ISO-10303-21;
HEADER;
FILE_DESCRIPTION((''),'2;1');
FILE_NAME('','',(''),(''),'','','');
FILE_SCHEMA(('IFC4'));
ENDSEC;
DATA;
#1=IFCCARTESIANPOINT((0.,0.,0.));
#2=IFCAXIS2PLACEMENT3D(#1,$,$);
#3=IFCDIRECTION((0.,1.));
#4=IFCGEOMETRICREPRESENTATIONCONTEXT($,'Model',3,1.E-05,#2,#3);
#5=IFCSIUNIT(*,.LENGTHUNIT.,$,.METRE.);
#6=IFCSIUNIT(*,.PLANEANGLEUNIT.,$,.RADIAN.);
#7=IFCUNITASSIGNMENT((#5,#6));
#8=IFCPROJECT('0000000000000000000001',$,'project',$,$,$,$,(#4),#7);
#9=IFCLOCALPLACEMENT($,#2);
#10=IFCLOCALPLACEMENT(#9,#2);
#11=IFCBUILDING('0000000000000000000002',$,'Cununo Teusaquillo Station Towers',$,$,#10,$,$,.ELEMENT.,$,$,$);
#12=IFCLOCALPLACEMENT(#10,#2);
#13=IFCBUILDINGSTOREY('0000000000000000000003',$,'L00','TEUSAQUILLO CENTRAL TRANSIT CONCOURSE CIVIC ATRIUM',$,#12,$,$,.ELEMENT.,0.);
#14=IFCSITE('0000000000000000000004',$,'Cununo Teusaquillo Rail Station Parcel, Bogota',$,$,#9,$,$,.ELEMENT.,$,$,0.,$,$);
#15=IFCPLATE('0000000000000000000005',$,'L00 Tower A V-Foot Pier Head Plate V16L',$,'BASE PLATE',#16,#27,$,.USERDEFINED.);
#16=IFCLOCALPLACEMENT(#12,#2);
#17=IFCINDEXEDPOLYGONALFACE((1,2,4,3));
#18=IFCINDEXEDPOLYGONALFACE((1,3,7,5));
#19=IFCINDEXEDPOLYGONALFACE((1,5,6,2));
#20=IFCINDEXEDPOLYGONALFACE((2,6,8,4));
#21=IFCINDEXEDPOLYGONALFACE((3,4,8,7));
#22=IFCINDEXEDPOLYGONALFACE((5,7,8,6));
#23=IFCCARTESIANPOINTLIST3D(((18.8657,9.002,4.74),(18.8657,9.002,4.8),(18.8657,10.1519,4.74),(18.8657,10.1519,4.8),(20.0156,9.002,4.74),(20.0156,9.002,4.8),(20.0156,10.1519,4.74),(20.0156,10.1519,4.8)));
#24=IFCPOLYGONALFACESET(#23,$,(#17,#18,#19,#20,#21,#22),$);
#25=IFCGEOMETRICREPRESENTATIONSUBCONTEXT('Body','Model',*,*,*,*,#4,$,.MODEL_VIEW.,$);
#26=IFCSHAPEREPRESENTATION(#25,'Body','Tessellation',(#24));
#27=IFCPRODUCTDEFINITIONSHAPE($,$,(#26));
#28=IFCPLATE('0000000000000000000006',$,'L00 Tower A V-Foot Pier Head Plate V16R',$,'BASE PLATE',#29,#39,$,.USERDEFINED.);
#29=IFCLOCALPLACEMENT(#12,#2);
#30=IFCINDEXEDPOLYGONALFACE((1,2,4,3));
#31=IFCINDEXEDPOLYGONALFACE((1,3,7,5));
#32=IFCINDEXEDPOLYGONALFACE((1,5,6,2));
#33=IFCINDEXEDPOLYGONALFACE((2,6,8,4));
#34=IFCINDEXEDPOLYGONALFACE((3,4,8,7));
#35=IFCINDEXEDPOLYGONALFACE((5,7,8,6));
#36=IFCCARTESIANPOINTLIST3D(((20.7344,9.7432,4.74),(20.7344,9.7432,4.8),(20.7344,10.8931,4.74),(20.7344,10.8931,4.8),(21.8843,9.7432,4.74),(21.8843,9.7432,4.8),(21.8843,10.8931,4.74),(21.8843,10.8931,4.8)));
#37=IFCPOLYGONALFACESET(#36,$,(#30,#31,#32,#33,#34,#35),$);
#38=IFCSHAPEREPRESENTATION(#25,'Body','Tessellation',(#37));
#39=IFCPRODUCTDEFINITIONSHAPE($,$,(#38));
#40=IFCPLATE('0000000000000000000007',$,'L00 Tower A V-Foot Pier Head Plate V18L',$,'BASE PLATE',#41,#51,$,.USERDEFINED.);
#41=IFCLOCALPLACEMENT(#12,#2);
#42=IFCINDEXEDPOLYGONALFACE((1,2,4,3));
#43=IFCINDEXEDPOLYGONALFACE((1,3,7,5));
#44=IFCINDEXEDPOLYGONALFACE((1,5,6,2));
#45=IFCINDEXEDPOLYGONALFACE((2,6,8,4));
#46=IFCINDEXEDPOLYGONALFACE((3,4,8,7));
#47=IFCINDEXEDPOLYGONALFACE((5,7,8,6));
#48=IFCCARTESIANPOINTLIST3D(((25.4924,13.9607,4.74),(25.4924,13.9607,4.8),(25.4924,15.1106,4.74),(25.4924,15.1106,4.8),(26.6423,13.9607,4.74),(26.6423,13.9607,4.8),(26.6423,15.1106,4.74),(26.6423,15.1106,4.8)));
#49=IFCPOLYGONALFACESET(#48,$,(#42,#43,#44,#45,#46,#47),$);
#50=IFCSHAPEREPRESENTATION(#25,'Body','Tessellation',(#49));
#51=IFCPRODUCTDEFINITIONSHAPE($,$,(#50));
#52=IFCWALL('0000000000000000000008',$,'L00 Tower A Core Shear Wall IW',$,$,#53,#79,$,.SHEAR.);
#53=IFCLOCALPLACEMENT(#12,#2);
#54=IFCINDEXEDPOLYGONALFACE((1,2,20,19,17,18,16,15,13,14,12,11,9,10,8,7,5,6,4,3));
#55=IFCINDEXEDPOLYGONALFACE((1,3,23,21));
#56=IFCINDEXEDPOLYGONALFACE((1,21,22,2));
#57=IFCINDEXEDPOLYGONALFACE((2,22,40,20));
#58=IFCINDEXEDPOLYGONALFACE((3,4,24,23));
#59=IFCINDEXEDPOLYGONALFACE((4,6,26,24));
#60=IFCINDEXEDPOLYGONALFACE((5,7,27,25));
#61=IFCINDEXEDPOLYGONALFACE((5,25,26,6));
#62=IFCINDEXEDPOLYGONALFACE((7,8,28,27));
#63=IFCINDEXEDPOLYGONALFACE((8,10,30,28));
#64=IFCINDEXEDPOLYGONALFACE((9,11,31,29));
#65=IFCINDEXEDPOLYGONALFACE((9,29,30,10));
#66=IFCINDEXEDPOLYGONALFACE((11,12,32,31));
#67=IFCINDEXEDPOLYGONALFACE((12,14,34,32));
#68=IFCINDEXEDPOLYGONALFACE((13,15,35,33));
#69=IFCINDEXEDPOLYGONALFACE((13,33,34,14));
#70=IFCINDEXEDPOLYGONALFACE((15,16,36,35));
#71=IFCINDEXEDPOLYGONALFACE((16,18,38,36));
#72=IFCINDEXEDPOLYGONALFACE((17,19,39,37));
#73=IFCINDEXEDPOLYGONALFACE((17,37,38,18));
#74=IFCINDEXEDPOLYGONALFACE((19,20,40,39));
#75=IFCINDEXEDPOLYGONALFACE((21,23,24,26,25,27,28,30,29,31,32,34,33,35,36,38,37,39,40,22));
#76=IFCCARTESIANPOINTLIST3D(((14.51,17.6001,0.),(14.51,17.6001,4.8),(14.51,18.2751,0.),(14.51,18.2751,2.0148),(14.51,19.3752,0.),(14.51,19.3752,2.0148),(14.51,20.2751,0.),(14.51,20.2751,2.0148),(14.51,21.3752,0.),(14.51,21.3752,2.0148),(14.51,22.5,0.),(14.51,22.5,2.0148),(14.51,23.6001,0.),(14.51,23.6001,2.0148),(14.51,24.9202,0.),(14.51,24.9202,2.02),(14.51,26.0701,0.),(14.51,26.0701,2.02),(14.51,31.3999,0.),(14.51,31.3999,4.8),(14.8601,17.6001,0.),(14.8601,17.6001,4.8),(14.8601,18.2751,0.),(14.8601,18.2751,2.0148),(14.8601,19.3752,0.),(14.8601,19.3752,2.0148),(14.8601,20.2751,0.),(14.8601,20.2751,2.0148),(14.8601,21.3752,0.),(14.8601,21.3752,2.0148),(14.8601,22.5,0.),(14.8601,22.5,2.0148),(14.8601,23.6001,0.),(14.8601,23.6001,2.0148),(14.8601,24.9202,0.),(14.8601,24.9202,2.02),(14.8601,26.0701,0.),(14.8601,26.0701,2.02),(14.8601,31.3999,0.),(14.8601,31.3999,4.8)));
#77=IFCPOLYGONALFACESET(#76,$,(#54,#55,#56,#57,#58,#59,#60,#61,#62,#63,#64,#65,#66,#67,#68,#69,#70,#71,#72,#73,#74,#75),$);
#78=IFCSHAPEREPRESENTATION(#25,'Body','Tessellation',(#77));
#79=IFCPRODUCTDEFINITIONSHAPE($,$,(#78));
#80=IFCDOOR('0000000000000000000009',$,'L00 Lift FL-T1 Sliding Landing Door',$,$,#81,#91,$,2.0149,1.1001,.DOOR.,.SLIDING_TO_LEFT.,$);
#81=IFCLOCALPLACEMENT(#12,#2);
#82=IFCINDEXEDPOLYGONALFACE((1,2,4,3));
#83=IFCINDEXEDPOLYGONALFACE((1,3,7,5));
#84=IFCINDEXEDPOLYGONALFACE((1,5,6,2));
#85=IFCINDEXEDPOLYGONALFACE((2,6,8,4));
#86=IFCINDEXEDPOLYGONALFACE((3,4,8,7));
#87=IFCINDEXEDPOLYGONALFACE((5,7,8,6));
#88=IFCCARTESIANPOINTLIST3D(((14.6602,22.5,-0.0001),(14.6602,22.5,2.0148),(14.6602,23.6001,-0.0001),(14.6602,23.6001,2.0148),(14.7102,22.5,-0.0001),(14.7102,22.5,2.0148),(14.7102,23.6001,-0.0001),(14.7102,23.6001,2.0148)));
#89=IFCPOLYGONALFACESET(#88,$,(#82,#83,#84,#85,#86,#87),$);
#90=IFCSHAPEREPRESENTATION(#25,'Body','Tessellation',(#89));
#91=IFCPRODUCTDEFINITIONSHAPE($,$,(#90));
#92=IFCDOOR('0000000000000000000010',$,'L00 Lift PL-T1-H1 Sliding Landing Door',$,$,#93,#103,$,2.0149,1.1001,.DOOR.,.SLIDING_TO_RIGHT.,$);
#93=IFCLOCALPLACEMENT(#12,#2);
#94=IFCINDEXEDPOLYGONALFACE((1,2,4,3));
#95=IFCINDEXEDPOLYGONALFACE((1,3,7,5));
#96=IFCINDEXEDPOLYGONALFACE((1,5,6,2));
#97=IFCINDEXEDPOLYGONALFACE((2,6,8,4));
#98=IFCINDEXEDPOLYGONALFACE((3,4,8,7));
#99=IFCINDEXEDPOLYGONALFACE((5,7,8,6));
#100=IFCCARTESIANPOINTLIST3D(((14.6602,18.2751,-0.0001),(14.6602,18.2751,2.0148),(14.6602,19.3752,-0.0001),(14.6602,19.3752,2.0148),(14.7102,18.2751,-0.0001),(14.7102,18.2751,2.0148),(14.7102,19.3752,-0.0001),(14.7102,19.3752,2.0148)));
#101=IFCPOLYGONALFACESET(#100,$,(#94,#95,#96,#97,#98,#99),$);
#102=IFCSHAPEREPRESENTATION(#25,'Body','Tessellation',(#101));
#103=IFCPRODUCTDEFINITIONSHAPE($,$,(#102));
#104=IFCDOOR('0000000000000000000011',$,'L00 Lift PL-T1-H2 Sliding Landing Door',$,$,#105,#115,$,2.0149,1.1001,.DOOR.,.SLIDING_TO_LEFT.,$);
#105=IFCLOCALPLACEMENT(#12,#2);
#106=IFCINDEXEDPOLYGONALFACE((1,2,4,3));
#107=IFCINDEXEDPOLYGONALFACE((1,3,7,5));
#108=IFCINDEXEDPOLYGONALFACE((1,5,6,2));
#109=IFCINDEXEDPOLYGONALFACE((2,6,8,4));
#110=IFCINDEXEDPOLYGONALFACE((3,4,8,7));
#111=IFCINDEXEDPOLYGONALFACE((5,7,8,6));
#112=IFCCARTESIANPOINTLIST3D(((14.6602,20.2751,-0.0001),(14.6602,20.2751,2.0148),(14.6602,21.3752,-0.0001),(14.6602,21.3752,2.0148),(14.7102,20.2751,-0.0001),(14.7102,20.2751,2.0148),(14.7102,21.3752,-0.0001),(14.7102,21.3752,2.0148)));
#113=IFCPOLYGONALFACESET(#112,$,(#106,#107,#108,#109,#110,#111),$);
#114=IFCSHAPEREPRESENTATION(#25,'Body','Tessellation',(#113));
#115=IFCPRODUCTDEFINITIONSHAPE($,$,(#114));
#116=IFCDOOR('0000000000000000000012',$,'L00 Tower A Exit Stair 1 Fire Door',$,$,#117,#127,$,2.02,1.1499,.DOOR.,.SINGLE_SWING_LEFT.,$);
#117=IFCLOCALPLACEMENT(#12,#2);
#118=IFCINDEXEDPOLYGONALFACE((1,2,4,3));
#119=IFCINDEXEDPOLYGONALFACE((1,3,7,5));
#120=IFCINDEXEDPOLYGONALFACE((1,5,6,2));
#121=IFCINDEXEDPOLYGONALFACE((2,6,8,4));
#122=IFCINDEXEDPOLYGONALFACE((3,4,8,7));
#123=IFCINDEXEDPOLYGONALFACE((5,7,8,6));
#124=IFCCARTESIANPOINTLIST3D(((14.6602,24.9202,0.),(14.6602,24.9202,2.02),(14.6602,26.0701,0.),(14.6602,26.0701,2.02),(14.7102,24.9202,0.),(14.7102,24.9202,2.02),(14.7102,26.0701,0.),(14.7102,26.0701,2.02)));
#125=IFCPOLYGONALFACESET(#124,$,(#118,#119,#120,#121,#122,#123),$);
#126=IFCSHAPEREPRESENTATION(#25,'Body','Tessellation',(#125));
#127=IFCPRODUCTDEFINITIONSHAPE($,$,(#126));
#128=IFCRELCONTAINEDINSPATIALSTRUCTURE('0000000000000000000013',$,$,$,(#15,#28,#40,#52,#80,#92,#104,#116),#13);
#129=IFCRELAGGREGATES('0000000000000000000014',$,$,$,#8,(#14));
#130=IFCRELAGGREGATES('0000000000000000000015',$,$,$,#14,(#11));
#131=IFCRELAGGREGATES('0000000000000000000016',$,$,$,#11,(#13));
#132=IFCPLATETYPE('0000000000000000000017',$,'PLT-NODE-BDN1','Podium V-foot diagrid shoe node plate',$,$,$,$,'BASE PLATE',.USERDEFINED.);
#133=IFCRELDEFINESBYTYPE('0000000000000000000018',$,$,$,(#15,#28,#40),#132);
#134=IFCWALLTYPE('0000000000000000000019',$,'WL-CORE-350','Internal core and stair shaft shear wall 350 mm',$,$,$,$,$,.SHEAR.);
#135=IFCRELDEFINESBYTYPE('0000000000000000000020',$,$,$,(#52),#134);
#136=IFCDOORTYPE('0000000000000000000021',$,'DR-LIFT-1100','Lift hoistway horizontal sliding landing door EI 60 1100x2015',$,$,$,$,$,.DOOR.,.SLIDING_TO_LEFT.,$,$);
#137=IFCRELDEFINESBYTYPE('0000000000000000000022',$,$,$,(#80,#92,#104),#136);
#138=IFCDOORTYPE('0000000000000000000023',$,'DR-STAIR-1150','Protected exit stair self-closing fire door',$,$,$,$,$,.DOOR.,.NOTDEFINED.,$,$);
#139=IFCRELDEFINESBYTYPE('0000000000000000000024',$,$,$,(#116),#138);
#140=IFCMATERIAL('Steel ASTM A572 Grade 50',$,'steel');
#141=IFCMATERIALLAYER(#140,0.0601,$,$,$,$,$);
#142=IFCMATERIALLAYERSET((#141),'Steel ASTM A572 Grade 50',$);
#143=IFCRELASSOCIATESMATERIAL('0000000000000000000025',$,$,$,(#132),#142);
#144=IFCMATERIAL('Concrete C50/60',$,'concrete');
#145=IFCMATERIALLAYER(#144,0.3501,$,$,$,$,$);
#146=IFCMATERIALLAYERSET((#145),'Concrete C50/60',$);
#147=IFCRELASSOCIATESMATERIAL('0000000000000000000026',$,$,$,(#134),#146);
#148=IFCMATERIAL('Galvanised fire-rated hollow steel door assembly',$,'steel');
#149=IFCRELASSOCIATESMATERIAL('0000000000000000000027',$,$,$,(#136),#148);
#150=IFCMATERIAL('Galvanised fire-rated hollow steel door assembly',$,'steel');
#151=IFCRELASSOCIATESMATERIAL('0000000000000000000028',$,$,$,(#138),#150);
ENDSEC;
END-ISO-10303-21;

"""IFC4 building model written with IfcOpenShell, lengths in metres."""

from ifc_helpers import new_model, si_unit, direction, frame, frame_2d, origin, origin_2d, place, context, subcontext, project, spatial, rectangle, extrude, source, transform, mapped, material, layer, layer_set, type_object, element, fill, save


model = new_model("IFC4")

# Units and contexts
model_context = context("Model", 3, precision=1e-05, world=origin(), true_north=direction((0.0, 1.0)))
body_context = subcontext(model_context, "Body", "Model", "MODEL_VIEW")
ifc_project = project(units=[si_unit("LENGTHUNIT", "METRE"), si_unit("PLANEANGLEUNIT", "RADIAN")], contexts=[model_context])

# Site, building, storey
site_placement = place(None, origin())
site = spatial("IfcSite", under=ifc_project, at=site_placement, Name="Cununo Teusaquillo Rail Station Parcel, Bogota", CompositionType="ELEMENT", RefElevation=0.0)
building_placement = place(site_placement, origin())
building = spatial("IfcBuilding", under=site, at=building_placement, Name="Cununo Teusaquillo Station Towers", CompositionType="ELEMENT")
storey_placement = place(building_placement, origin())
storey = spatial("IfcBuildingStorey", under=building, at=storey_placement, Name="L00", Description="TEUSAQUILLO CENTRAL TRANSIT CONCOURSE CIVIC ATRIUM", CompositionType="ELEMENT", Elevation=0.0)

# Plates
ifc_material_1 = material(Name="Steel ASTM A572 Grade 50", Category="steel")
ifc_layer_1 = layer(ifc_material_1, 0.0601)
ifc_layer_set_1 = layer_set([ifc_layer_1], Name="Steel ASTM A572 Grade 50")
plate_type = type_object("IfcPlateType", Name="PLT-NODE-BDN1", Description="Podium V-foot diagrid shoe node plate", ElementType="BASE PLATE", PredefinedType="USERDEFINED", material=ifc_layer_set_1)
shared_shape_1 = source(origin(), body_context, "Body", "SweptSolid", [
    extrude(rectangle(XDim=1.1499, YDim=1.1499, at=origin_2d()), origin(), (0.0, 0.0, 1.0), 0.0601),
])
for number, where, z_axis, x_axis, name in (
    (1, (19.4407, 9.5769, 4.74), (0.0, 0.0, 1.0), (1.0, 0.0, 0.0), "L00 Tower A V-Foot Pier Head Plate V16L"),
    (2, (21.3093, 10.3181, 4.74), (0.0, 0.0, 1.0), (1.0, 0.0, 0.0), "L00 Tower A V-Foot Pier Head Plate V16R"),
    (3, (26.0674, 14.5356, 4.74), (0.0, 0.0, 1.0), (1.0, 0.0, 0.0), "L00 Tower A V-Foot Pier Head Plate V18L"),
):
    element("IfcPlate", number, at=place(storey_placement, frame(where, z_axis=z_axis, x_axis=x_axis)), inside=storey, type_object=plate_type, Name=name, ObjectType="BASE PLATE", PredefinedType="USERDEFINED", context=body_context, shape_type="MappedRepresentation", body=[
        mapped(shared_shape_1, transform((0.0, 0.0, 0.0), x_axis=(1.0, 0.0, 0.0), y_axis=(0.0, 1.0, 0.0), z_axis=(0.0, 0.0, 1.0), scale=1.0)),
    ])

# Wall, openings, doors
ifc_material_2 = material(Name="Concrete C50/60", Category="concrete")
ifc_layer_2 = layer(ifc_material_2, 0.3501)
ifc_layer_set_2 = layer_set([ifc_layer_2], Name="Concrete C50/60")
wall_type_1 = type_object("IfcWallType", Name="WL-CORE-350", Description="Internal core and stair shaft shear wall 350 mm", PredefinedType="SHEAR", material=ifc_layer_set_2)
wall_1_placement = place(storey_placement, frame((14.6851, 17.6001, 0.0), z_axis=(0.0, 0.0, 1.0), x_axis=(0.0, 1.0, 0.0)))
wall_1 = element("IfcWall", 4, at=wall_1_placement, inside=storey, type_object=wall_type_1, Name="L00 Tower A Core Shear Wall IW", PredefinedType="SHEAR", context=body_context, shape_type="SweptSolid", body=[
    extrude(rectangle(XDim=13.7998, YDim=0.3501, at=frame_2d((6.8999, 0.0))), origin(), (0.0, 0.0, 1.0), 4.8),
])
shared_shape_2 = source(origin(), body_context, "Body", "SweptSolid", [
    extrude(rectangle(XDim=1.1001, YDim=2.0149, at=frame_2d((0.55, 1.0073))), frame((0.0, 0.1851, 0.0), z_axis=(0.0, -1.0, 0.0), x_axis=(1.0, 0.0, 0.0)), (0.0, 0.0, 1.0), 0.3701),
])
opening_1_placement = place(wall_1_placement, frame((4.8999, 0.0, 0.0)))
opening_1 = element("IfcOpeningElement", 5, at=opening_1_placement, cuts=wall_1, PredefinedType="OPENING", context=body_context, shape_type="MappedRepresentation", body=[
    mapped(shared_shape_2, transform((0.0, 0.0, 0.0), x_axis=(1.0, 0.0, 0.0), y_axis=(0.0, 1.0, 0.0), z_axis=(0.0, 0.0, 1.0), scale=1.0)),
])
opening_2_placement = place(wall_1_placement, frame((0.675, 0.0, 0.0)))
opening_2 = element("IfcOpeningElement", 6, at=opening_2_placement, cuts=wall_1, PredefinedType="OPENING", context=body_context, shape_type="MappedRepresentation", body=[
    mapped(shared_shape_2, transform((0.0, 0.0, 0.0), x_axis=(1.0, 0.0, 0.0), y_axis=(0.0, 1.0, 0.0), z_axis=(0.0, 0.0, 1.0), scale=1.0)),
])
opening_3_placement = place(wall_1_placement, frame((2.675, 0.0, 0.0)))
opening_3 = element("IfcOpeningElement", 7, at=opening_3_placement, cuts=wall_1, PredefinedType="OPENING", context=body_context, shape_type="MappedRepresentation", body=[
    mapped(shared_shape_2, transform((0.0, 0.0, 0.0), x_axis=(1.0, 0.0, 0.0), y_axis=(0.0, 1.0, 0.0), z_axis=(0.0, 0.0, 1.0), scale=1.0)),
])
shared_shape_3 = source(origin(), body_context, "Body", "SweptSolid", [
    extrude(rectangle(XDim=1.1499, YDim=2.02, at=frame_2d((0.575, 1.01))), frame((0.0, 0.1851, 0.0), z_axis=(0.0, -1.0, 0.0), x_axis=(1.0, 0.0, 0.0)), (0.0, 0.0, 1.0), 0.3701),
])
opening_4_placement = place(wall_1_placement, frame((7.3201, 0.0, 0.0)))
opening_4 = element("IfcOpeningElement", 8, at=opening_4_placement, cuts=wall_1, PredefinedType="OPENING", context=body_context, shape_type="MappedRepresentation", body=[
    mapped(shared_shape_3, transform((0.0, 0.0, 0.0), x_axis=(1.0, 0.0, 0.0), y_axis=(0.0, 1.0, 0.0), z_axis=(0.0, 0.0, 1.0), scale=1.0)),
])
ifc_material_3 = material(Name="Galvanised fire-rated hollow steel door assembly", Category="steel")
door_type_1 = type_object("IfcDoorType", Name="DR-LIFT-1100", Description="Lift hoistway horizontal sliding landing door EI 60 1100x2015", OperationType="SLIDING_TO_LEFT", PredefinedType="DOOR", material=ifc_material_3)
shared_shape_4 = source(origin(), body_context, "Body", "SweptSolid", [
    extrude(rectangle(XDim=1.1001, YDim=2.0149, at=frame_2d((0.55, 1.0073))), frame((0.0, 0.0249, 0.0), z_axis=(0.0, -1.0, 0.0), x_axis=(1.0, 0.0, 0.0)), (0.0, 0.0, 1.0), 0.05),
])
door_1_placement = place(opening_1_placement, origin())
door_1 = element("IfcDoor", 9, at=door_1_placement, inside=storey, type_object=door_type_1, Name="L00 Lift FL-T1 Sliding Landing Door", OperationType="SLIDING_TO_LEFT", OverallHeight=2.0149, OverallWidth=1.1001, PredefinedType="DOOR", context=body_context, shape_type="MappedRepresentation", body=[
    mapped(shared_shape_4, transform((0.0, 0.0, 0.0), x_axis=(1.0, 0.0, 0.0), y_axis=(0.0, 1.0, 0.0), z_axis=(0.0, 0.0, 1.0), scale=1.0)),
])
fill(opening_1, door_1)
door_2_placement = place(opening_2_placement, origin())
door_2 = element("IfcDoor", 10, at=door_2_placement, inside=storey, type_object=door_type_1, Name="L00 Lift PL-T1-H1 Sliding Landing Door", OperationType="SLIDING_TO_RIGHT", OverallHeight=2.0149, OverallWidth=1.1001, PredefinedType="DOOR", context=body_context, shape_type="MappedRepresentation", body=[
    mapped(shared_shape_4, transform((0.0, 0.0, 0.0), x_axis=(1.0, 0.0, 0.0), y_axis=(0.0, 1.0, 0.0), z_axis=(0.0, 0.0, 1.0), scale=1.0)),
])
fill(opening_2, door_2)
door_3_placement = place(opening_3_placement, origin())
door_3 = element("IfcDoor", 11, at=door_3_placement, inside=storey, type_object=door_type_1, Name="L00 Lift PL-T1-H2 Sliding Landing Door", OperationType="SLIDING_TO_LEFT", OverallHeight=2.0149, OverallWidth=1.1001, PredefinedType="DOOR", context=body_context, shape_type="MappedRepresentation", body=[
    mapped(shared_shape_4, transform((0.0, 0.0, 0.0), x_axis=(1.0, 0.0, 0.0), y_axis=(0.0, 1.0, 0.0), z_axis=(0.0, 0.0, 1.0), scale=1.0)),
])
fill(opening_3, door_3)
ifc_material_4 = material(Name="Galvanised fire-rated hollow steel door assembly", Category="steel")
door_type_2 = type_object("IfcDoorType", Name="DR-STAIR-1150", Description="Protected exit stair self-closing fire door", OperationType="NOTDEFINED", PredefinedType="DOOR", material=ifc_material_4)
shared_shape_5 = source(origin(), body_context, "Body", "SweptSolid", [
    extrude(rectangle(XDim=1.1499, YDim=2.02, at=frame_2d((0.575, 1.01))), frame((0.0, 0.0249, 0.0), z_axis=(0.0, -1.0, 0.0), x_axis=(1.0, 0.0, 0.0)), (0.0, 0.0, 1.0), 0.05),
])
door_4_placement = place(opening_4_placement, origin())
door_4 = element("IfcDoor", 12, at=door_4_placement, inside=storey, type_object=door_type_2, Name="L00 Tower A Exit Stair 1 Fire Door", OperationType="SINGLE_SWING_LEFT", OverallHeight=2.02, OverallWidth=1.1499, PredefinedType="DOOR", context=body_context, shape_type="MappedRepresentation", body=[
    mapped(shared_shape_5, transform((0.0, 0.0, 0.0), x_axis=(1.0, 0.0, 0.0), y_axis=(0.0, 1.0, 0.0), z_axis=(0.0, 0.0, 1.0), scale=1.0)),
])
fill(opening_4, door_4)

save(model, "model.ifc")
